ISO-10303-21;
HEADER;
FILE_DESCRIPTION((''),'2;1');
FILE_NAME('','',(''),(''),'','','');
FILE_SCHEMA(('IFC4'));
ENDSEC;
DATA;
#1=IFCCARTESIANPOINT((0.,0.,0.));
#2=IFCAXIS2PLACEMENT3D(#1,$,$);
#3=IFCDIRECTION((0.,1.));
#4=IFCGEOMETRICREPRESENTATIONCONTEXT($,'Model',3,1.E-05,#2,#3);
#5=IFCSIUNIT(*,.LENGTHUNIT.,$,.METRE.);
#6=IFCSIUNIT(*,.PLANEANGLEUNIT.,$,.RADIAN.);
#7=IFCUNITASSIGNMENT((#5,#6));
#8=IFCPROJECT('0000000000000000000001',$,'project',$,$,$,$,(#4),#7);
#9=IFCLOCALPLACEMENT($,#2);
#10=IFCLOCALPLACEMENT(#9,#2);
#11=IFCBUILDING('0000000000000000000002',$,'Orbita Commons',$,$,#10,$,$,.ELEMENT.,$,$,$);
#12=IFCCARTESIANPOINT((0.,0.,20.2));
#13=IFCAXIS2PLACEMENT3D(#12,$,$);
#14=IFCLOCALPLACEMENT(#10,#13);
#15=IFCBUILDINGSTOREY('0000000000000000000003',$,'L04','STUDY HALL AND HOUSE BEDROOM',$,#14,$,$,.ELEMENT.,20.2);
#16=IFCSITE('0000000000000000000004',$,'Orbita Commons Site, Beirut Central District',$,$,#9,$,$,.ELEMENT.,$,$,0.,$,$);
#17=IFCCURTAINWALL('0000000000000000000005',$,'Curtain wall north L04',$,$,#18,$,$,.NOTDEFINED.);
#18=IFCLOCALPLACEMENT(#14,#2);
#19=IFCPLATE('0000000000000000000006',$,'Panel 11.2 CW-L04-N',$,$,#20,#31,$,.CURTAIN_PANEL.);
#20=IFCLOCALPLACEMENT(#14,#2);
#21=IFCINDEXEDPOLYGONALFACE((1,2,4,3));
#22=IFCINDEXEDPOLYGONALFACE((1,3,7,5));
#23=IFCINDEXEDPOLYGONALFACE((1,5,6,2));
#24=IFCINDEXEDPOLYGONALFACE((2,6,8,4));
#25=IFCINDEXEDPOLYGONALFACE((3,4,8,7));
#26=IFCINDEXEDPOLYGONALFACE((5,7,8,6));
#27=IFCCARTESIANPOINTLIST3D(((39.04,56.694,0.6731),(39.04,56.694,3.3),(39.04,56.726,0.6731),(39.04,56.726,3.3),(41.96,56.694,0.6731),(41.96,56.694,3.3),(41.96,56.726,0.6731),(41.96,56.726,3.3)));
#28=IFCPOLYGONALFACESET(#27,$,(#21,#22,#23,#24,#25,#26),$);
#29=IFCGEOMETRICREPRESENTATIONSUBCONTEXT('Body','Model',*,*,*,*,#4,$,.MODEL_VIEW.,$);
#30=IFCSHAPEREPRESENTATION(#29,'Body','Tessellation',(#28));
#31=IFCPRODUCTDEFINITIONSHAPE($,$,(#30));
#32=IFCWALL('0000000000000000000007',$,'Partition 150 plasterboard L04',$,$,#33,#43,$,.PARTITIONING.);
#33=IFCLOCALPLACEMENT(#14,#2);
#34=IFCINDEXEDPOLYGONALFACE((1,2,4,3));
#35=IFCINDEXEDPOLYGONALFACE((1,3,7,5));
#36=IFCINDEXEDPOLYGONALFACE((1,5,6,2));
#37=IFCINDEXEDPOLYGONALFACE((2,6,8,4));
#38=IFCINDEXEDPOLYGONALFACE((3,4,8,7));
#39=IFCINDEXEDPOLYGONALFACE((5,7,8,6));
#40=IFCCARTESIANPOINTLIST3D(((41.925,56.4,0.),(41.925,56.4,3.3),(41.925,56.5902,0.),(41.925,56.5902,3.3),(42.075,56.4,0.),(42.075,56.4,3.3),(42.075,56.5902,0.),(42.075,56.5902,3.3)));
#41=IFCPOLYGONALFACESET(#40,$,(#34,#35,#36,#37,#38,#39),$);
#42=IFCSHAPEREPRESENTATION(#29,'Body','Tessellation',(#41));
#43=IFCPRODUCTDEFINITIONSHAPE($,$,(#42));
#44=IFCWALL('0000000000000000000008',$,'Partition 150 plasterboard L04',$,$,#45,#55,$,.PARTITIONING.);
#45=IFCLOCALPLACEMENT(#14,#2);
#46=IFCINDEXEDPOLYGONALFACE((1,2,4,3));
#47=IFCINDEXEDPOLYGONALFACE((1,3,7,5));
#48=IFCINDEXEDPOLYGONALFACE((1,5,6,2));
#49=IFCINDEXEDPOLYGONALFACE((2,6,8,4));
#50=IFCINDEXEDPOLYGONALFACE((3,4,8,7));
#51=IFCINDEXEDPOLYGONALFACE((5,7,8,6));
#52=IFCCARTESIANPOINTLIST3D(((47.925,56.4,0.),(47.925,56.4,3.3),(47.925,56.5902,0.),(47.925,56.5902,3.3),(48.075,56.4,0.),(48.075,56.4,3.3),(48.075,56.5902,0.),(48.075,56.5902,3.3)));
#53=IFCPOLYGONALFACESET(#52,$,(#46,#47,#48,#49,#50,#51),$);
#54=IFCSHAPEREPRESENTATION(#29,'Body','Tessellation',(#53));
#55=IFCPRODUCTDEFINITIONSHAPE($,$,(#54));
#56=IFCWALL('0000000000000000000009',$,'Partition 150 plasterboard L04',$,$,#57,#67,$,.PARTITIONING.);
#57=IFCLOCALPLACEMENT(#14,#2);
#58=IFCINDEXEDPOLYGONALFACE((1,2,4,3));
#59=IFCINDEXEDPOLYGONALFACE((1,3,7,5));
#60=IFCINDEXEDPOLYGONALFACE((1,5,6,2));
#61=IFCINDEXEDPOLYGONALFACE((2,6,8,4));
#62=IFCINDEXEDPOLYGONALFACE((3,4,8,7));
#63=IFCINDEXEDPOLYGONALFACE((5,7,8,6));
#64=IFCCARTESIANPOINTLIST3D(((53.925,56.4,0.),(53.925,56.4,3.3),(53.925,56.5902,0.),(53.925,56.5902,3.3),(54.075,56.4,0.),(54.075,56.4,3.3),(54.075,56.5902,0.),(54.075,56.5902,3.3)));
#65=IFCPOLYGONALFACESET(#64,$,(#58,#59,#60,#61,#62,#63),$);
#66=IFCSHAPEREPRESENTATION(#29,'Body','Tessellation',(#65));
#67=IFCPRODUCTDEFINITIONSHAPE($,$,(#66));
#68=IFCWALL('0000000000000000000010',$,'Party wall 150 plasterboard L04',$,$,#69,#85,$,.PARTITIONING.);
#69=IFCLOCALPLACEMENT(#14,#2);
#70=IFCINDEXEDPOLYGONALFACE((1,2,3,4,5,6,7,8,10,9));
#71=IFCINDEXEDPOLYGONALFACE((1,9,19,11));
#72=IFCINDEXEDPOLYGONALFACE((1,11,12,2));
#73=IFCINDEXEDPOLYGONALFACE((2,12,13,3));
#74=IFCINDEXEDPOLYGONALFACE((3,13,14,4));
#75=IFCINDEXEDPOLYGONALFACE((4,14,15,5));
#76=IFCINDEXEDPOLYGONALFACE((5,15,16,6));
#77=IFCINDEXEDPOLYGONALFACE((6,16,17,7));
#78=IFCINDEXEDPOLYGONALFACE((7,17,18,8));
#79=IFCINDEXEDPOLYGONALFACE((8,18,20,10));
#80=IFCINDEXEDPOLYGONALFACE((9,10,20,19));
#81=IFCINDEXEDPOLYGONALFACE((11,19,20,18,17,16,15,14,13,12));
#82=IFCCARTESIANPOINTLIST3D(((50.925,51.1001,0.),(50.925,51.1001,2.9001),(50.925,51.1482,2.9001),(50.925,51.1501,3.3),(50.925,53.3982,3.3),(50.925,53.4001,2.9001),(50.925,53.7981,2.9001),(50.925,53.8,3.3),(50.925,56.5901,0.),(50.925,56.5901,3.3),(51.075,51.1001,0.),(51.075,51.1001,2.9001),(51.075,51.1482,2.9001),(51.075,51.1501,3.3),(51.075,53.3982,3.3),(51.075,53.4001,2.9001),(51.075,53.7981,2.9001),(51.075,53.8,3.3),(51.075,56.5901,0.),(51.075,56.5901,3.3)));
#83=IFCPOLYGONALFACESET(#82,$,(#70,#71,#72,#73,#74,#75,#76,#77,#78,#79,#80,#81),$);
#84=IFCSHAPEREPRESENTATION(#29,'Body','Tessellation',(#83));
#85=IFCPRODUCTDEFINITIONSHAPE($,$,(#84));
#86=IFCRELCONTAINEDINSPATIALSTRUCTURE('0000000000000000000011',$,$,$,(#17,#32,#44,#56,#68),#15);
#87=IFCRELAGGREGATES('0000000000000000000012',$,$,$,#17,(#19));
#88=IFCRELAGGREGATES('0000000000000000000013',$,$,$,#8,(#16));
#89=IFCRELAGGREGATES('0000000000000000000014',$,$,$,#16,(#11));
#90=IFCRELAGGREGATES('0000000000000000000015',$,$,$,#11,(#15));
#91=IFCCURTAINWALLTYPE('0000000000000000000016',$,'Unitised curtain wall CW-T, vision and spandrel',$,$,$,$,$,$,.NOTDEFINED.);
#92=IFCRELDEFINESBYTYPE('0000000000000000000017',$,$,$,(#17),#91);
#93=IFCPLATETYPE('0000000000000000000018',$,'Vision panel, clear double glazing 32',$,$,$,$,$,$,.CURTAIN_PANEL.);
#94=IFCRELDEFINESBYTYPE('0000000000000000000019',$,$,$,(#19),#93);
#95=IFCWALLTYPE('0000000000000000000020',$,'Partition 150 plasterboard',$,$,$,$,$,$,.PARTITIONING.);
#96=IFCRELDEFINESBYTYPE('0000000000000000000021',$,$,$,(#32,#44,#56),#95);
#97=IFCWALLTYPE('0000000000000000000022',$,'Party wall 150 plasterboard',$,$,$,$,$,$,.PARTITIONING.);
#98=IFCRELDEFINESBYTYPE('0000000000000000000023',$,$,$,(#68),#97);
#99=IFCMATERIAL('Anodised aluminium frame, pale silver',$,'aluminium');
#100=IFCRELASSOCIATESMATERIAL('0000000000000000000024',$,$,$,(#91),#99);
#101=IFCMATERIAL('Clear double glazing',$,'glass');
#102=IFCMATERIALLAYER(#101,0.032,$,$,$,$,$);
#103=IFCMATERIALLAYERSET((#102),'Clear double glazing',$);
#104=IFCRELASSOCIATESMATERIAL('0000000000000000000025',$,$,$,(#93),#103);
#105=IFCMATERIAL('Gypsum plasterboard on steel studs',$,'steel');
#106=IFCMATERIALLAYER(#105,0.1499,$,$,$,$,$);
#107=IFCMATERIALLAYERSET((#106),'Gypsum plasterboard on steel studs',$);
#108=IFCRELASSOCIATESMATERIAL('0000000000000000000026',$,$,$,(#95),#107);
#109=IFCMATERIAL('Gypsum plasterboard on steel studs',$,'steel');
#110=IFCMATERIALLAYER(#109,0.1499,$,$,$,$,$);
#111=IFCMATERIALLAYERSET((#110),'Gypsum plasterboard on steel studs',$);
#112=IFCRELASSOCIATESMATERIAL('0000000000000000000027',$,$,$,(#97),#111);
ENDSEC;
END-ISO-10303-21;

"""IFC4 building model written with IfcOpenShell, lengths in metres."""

from ifc_helpers import new_model, si_unit, direction, frame, frame_2d, origin, origin_2d, place, context, subcontext, project, spatial, polyline, rectangle, outline, extrude, material, layer, layer_set, type_object, element, aggregate, save


model = new_model("IFC4")

# Units and contexts
model_context = context("Model", 3, precision=1e-05, world=origin(), true_north=direction((0.0, 1.0)))
body_context = subcontext(model_context, "Body", "Model", "MODEL_VIEW")
ifc_project = project(units=[si_unit("LENGTHUNIT", "METRE"), si_unit("PLANEANGLEUNIT", "RADIAN")], contexts=[model_context])

# Site, building, storey
site_placement = place(None, origin())
site = spatial("IfcSite", under=ifc_project, at=site_placement, Name="Orbita Commons Site, Beirut Central District", CompositionType="ELEMENT", RefElevation=0.0)
building_placement = place(site_placement, origin())
building = spatial("IfcBuilding", under=site, at=building_placement, Name="Orbita Commons", CompositionType="ELEMENT")
storey_placement = place(building_placement, frame((0.0, 0.0, 20.2)))
storey = spatial("IfcBuildingStorey", under=building, at=storey_placement, Name="L04", Description="STUDY HALL AND HOUSE BEDROOM", CompositionType="ELEMENT", Elevation=20.2)

# Curtain wall
ifc_material_1 = material(Name="Anodised aluminium frame, pale silver", Category="aluminium")
curtain_wall_type = type_object("IfcCurtainWallType", Name="Unitised curtain wall CW-T, vision and spandrel", PredefinedType="NOTDEFINED", material=ifc_material_1)
curtain_wall_placement = place(storey_placement, origin())
curtain_wall = element("IfcCurtainWall", 1, at=curtain_wall_placement, inside=storey, type_object=curtain_wall_type, Name="Curtain wall north L04", PredefinedType="NOTDEFINED")

# Plate
ifc_material_2 = material(Name="Clear double glazing", Category="glass")
ifc_layer_1 = layer(ifc_material_2, 0.032)
ifc_layer_set_1 = layer_set([ifc_layer_1], Name="Clear double glazing")
plate_type_1 = type_object("IfcPlateType", Name="Vision panel, clear double glazing 32", PredefinedType="CURTAIN_PANEL", material=ifc_layer_set_1)
plate_1_placement = place(storey_placement, frame((40.5, 56.71, 0.6731), z_axis=(0.0, 0.0, 1.0), x_axis=(-1.0, 0.0, 0.0)))
plate_1 = element("IfcPlate", 2, at=plate_1_placement, type_object=plate_type_1, Name="Panel 11.2 CW-L04-N", PredefinedType="CURTAIN_PANEL", context=body_context, shape_type="SweptSolid", body=[
    extrude(rectangle(XDim=2.9199, YDim=0.032, at=origin_2d()), origin(), (0.0, 0.0, 1.0), 2.627),
])
aggregate(curtain_wall, [plate_1])

# Walls
ifc_material_3 = material(Name="Gypsum plasterboard on steel studs", Category="steel")
ifc_layer_2 = layer(ifc_material_3, 0.1499)
ifc_layer_set_2 = layer_set([ifc_layer_2], Name="Gypsum plasterboard on steel studs")
wall_type_1 = type_object("IfcWallType", Name="Partition 150 plasterboard", PredefinedType="PARTITIONING", material=ifc_layer_set_2)
for number, where, z_axis, x_axis, name in (
    (3, (42.0, 56.3999, 0.0), (0.0, 0.0, 1.0), (0.0, 1.0, 0.0), "Partition 150 plasterboard L04"),
    (4, (48.0, 56.3999, 0.0), (0.0, 0.0, 1.0), (0.0, 1.0, 0.0), "Partition 150 plasterboard L04"),
    (5, (54.0, 56.3999, 0.0), (0.0, 0.0, 1.0), (0.0, 1.0, 0.0), "Partition 150 plasterboard L04"),
):
    element("IfcWall", number, at=place(storey_placement, frame(where, z_axis=z_axis, x_axis=x_axis)), inside=storey, type_object=wall_type_1, Name=name, PredefinedType="PARTITIONING", context=body_context, shape_type="SweptSolid", body=[
        extrude(rectangle(XDim=0.1902, YDim=0.1499, at=frame_2d((0.0952, 0.0))), origin(), (0.0, 0.0, 1.0), 3.3),
    ])
ifc_material_4 = material(Name="Gypsum plasterboard on steel studs", Category="steel")
ifc_layer_3 = layer(ifc_material_4, 0.1499)
ifc_layer_set_3 = layer_set([ifc_layer_3], Name="Gypsum plasterboard on steel studs")
wall_type_2 = type_object("IfcWallType", Name="Party wall 150 plasterboard", PredefinedType="PARTITIONING", material=ifc_layer_set_3)
wall_placement = place(storey_placement, frame((51.0, 56.5901, 0.0), z_axis=(0.0, 0.0, 1.0), x_axis=(0.0, -1.0, 0.0)))
element("IfcWall", 6, at=wall_placement, inside=storey, type_object=wall_type_2, Name="Party wall 150 plasterboard L04", PredefinedType="PARTITIONING", context=body_context, shape_type="SweptSolid", body=[
    extrude(outline(polyline([(0.0, 0.0), (5.49, 0.0), (5.49, 2.9001), (5.4419, 2.9001), (5.4399, 3.3), (3.1919, 3.3), (3.1899, 2.9001), (2.792, 2.9001), (2.79, 3.3), (0.0, 3.3), (0.0, 0.0)])), frame((0.0, 0.075, 0.0), z_axis=(0.0, -1.0, 0.0), x_axis=(1.0, 0.0, 0.0)), (0.0, 0.0, 1.0), 0.1499),
])

save(model, "model.ifc")
